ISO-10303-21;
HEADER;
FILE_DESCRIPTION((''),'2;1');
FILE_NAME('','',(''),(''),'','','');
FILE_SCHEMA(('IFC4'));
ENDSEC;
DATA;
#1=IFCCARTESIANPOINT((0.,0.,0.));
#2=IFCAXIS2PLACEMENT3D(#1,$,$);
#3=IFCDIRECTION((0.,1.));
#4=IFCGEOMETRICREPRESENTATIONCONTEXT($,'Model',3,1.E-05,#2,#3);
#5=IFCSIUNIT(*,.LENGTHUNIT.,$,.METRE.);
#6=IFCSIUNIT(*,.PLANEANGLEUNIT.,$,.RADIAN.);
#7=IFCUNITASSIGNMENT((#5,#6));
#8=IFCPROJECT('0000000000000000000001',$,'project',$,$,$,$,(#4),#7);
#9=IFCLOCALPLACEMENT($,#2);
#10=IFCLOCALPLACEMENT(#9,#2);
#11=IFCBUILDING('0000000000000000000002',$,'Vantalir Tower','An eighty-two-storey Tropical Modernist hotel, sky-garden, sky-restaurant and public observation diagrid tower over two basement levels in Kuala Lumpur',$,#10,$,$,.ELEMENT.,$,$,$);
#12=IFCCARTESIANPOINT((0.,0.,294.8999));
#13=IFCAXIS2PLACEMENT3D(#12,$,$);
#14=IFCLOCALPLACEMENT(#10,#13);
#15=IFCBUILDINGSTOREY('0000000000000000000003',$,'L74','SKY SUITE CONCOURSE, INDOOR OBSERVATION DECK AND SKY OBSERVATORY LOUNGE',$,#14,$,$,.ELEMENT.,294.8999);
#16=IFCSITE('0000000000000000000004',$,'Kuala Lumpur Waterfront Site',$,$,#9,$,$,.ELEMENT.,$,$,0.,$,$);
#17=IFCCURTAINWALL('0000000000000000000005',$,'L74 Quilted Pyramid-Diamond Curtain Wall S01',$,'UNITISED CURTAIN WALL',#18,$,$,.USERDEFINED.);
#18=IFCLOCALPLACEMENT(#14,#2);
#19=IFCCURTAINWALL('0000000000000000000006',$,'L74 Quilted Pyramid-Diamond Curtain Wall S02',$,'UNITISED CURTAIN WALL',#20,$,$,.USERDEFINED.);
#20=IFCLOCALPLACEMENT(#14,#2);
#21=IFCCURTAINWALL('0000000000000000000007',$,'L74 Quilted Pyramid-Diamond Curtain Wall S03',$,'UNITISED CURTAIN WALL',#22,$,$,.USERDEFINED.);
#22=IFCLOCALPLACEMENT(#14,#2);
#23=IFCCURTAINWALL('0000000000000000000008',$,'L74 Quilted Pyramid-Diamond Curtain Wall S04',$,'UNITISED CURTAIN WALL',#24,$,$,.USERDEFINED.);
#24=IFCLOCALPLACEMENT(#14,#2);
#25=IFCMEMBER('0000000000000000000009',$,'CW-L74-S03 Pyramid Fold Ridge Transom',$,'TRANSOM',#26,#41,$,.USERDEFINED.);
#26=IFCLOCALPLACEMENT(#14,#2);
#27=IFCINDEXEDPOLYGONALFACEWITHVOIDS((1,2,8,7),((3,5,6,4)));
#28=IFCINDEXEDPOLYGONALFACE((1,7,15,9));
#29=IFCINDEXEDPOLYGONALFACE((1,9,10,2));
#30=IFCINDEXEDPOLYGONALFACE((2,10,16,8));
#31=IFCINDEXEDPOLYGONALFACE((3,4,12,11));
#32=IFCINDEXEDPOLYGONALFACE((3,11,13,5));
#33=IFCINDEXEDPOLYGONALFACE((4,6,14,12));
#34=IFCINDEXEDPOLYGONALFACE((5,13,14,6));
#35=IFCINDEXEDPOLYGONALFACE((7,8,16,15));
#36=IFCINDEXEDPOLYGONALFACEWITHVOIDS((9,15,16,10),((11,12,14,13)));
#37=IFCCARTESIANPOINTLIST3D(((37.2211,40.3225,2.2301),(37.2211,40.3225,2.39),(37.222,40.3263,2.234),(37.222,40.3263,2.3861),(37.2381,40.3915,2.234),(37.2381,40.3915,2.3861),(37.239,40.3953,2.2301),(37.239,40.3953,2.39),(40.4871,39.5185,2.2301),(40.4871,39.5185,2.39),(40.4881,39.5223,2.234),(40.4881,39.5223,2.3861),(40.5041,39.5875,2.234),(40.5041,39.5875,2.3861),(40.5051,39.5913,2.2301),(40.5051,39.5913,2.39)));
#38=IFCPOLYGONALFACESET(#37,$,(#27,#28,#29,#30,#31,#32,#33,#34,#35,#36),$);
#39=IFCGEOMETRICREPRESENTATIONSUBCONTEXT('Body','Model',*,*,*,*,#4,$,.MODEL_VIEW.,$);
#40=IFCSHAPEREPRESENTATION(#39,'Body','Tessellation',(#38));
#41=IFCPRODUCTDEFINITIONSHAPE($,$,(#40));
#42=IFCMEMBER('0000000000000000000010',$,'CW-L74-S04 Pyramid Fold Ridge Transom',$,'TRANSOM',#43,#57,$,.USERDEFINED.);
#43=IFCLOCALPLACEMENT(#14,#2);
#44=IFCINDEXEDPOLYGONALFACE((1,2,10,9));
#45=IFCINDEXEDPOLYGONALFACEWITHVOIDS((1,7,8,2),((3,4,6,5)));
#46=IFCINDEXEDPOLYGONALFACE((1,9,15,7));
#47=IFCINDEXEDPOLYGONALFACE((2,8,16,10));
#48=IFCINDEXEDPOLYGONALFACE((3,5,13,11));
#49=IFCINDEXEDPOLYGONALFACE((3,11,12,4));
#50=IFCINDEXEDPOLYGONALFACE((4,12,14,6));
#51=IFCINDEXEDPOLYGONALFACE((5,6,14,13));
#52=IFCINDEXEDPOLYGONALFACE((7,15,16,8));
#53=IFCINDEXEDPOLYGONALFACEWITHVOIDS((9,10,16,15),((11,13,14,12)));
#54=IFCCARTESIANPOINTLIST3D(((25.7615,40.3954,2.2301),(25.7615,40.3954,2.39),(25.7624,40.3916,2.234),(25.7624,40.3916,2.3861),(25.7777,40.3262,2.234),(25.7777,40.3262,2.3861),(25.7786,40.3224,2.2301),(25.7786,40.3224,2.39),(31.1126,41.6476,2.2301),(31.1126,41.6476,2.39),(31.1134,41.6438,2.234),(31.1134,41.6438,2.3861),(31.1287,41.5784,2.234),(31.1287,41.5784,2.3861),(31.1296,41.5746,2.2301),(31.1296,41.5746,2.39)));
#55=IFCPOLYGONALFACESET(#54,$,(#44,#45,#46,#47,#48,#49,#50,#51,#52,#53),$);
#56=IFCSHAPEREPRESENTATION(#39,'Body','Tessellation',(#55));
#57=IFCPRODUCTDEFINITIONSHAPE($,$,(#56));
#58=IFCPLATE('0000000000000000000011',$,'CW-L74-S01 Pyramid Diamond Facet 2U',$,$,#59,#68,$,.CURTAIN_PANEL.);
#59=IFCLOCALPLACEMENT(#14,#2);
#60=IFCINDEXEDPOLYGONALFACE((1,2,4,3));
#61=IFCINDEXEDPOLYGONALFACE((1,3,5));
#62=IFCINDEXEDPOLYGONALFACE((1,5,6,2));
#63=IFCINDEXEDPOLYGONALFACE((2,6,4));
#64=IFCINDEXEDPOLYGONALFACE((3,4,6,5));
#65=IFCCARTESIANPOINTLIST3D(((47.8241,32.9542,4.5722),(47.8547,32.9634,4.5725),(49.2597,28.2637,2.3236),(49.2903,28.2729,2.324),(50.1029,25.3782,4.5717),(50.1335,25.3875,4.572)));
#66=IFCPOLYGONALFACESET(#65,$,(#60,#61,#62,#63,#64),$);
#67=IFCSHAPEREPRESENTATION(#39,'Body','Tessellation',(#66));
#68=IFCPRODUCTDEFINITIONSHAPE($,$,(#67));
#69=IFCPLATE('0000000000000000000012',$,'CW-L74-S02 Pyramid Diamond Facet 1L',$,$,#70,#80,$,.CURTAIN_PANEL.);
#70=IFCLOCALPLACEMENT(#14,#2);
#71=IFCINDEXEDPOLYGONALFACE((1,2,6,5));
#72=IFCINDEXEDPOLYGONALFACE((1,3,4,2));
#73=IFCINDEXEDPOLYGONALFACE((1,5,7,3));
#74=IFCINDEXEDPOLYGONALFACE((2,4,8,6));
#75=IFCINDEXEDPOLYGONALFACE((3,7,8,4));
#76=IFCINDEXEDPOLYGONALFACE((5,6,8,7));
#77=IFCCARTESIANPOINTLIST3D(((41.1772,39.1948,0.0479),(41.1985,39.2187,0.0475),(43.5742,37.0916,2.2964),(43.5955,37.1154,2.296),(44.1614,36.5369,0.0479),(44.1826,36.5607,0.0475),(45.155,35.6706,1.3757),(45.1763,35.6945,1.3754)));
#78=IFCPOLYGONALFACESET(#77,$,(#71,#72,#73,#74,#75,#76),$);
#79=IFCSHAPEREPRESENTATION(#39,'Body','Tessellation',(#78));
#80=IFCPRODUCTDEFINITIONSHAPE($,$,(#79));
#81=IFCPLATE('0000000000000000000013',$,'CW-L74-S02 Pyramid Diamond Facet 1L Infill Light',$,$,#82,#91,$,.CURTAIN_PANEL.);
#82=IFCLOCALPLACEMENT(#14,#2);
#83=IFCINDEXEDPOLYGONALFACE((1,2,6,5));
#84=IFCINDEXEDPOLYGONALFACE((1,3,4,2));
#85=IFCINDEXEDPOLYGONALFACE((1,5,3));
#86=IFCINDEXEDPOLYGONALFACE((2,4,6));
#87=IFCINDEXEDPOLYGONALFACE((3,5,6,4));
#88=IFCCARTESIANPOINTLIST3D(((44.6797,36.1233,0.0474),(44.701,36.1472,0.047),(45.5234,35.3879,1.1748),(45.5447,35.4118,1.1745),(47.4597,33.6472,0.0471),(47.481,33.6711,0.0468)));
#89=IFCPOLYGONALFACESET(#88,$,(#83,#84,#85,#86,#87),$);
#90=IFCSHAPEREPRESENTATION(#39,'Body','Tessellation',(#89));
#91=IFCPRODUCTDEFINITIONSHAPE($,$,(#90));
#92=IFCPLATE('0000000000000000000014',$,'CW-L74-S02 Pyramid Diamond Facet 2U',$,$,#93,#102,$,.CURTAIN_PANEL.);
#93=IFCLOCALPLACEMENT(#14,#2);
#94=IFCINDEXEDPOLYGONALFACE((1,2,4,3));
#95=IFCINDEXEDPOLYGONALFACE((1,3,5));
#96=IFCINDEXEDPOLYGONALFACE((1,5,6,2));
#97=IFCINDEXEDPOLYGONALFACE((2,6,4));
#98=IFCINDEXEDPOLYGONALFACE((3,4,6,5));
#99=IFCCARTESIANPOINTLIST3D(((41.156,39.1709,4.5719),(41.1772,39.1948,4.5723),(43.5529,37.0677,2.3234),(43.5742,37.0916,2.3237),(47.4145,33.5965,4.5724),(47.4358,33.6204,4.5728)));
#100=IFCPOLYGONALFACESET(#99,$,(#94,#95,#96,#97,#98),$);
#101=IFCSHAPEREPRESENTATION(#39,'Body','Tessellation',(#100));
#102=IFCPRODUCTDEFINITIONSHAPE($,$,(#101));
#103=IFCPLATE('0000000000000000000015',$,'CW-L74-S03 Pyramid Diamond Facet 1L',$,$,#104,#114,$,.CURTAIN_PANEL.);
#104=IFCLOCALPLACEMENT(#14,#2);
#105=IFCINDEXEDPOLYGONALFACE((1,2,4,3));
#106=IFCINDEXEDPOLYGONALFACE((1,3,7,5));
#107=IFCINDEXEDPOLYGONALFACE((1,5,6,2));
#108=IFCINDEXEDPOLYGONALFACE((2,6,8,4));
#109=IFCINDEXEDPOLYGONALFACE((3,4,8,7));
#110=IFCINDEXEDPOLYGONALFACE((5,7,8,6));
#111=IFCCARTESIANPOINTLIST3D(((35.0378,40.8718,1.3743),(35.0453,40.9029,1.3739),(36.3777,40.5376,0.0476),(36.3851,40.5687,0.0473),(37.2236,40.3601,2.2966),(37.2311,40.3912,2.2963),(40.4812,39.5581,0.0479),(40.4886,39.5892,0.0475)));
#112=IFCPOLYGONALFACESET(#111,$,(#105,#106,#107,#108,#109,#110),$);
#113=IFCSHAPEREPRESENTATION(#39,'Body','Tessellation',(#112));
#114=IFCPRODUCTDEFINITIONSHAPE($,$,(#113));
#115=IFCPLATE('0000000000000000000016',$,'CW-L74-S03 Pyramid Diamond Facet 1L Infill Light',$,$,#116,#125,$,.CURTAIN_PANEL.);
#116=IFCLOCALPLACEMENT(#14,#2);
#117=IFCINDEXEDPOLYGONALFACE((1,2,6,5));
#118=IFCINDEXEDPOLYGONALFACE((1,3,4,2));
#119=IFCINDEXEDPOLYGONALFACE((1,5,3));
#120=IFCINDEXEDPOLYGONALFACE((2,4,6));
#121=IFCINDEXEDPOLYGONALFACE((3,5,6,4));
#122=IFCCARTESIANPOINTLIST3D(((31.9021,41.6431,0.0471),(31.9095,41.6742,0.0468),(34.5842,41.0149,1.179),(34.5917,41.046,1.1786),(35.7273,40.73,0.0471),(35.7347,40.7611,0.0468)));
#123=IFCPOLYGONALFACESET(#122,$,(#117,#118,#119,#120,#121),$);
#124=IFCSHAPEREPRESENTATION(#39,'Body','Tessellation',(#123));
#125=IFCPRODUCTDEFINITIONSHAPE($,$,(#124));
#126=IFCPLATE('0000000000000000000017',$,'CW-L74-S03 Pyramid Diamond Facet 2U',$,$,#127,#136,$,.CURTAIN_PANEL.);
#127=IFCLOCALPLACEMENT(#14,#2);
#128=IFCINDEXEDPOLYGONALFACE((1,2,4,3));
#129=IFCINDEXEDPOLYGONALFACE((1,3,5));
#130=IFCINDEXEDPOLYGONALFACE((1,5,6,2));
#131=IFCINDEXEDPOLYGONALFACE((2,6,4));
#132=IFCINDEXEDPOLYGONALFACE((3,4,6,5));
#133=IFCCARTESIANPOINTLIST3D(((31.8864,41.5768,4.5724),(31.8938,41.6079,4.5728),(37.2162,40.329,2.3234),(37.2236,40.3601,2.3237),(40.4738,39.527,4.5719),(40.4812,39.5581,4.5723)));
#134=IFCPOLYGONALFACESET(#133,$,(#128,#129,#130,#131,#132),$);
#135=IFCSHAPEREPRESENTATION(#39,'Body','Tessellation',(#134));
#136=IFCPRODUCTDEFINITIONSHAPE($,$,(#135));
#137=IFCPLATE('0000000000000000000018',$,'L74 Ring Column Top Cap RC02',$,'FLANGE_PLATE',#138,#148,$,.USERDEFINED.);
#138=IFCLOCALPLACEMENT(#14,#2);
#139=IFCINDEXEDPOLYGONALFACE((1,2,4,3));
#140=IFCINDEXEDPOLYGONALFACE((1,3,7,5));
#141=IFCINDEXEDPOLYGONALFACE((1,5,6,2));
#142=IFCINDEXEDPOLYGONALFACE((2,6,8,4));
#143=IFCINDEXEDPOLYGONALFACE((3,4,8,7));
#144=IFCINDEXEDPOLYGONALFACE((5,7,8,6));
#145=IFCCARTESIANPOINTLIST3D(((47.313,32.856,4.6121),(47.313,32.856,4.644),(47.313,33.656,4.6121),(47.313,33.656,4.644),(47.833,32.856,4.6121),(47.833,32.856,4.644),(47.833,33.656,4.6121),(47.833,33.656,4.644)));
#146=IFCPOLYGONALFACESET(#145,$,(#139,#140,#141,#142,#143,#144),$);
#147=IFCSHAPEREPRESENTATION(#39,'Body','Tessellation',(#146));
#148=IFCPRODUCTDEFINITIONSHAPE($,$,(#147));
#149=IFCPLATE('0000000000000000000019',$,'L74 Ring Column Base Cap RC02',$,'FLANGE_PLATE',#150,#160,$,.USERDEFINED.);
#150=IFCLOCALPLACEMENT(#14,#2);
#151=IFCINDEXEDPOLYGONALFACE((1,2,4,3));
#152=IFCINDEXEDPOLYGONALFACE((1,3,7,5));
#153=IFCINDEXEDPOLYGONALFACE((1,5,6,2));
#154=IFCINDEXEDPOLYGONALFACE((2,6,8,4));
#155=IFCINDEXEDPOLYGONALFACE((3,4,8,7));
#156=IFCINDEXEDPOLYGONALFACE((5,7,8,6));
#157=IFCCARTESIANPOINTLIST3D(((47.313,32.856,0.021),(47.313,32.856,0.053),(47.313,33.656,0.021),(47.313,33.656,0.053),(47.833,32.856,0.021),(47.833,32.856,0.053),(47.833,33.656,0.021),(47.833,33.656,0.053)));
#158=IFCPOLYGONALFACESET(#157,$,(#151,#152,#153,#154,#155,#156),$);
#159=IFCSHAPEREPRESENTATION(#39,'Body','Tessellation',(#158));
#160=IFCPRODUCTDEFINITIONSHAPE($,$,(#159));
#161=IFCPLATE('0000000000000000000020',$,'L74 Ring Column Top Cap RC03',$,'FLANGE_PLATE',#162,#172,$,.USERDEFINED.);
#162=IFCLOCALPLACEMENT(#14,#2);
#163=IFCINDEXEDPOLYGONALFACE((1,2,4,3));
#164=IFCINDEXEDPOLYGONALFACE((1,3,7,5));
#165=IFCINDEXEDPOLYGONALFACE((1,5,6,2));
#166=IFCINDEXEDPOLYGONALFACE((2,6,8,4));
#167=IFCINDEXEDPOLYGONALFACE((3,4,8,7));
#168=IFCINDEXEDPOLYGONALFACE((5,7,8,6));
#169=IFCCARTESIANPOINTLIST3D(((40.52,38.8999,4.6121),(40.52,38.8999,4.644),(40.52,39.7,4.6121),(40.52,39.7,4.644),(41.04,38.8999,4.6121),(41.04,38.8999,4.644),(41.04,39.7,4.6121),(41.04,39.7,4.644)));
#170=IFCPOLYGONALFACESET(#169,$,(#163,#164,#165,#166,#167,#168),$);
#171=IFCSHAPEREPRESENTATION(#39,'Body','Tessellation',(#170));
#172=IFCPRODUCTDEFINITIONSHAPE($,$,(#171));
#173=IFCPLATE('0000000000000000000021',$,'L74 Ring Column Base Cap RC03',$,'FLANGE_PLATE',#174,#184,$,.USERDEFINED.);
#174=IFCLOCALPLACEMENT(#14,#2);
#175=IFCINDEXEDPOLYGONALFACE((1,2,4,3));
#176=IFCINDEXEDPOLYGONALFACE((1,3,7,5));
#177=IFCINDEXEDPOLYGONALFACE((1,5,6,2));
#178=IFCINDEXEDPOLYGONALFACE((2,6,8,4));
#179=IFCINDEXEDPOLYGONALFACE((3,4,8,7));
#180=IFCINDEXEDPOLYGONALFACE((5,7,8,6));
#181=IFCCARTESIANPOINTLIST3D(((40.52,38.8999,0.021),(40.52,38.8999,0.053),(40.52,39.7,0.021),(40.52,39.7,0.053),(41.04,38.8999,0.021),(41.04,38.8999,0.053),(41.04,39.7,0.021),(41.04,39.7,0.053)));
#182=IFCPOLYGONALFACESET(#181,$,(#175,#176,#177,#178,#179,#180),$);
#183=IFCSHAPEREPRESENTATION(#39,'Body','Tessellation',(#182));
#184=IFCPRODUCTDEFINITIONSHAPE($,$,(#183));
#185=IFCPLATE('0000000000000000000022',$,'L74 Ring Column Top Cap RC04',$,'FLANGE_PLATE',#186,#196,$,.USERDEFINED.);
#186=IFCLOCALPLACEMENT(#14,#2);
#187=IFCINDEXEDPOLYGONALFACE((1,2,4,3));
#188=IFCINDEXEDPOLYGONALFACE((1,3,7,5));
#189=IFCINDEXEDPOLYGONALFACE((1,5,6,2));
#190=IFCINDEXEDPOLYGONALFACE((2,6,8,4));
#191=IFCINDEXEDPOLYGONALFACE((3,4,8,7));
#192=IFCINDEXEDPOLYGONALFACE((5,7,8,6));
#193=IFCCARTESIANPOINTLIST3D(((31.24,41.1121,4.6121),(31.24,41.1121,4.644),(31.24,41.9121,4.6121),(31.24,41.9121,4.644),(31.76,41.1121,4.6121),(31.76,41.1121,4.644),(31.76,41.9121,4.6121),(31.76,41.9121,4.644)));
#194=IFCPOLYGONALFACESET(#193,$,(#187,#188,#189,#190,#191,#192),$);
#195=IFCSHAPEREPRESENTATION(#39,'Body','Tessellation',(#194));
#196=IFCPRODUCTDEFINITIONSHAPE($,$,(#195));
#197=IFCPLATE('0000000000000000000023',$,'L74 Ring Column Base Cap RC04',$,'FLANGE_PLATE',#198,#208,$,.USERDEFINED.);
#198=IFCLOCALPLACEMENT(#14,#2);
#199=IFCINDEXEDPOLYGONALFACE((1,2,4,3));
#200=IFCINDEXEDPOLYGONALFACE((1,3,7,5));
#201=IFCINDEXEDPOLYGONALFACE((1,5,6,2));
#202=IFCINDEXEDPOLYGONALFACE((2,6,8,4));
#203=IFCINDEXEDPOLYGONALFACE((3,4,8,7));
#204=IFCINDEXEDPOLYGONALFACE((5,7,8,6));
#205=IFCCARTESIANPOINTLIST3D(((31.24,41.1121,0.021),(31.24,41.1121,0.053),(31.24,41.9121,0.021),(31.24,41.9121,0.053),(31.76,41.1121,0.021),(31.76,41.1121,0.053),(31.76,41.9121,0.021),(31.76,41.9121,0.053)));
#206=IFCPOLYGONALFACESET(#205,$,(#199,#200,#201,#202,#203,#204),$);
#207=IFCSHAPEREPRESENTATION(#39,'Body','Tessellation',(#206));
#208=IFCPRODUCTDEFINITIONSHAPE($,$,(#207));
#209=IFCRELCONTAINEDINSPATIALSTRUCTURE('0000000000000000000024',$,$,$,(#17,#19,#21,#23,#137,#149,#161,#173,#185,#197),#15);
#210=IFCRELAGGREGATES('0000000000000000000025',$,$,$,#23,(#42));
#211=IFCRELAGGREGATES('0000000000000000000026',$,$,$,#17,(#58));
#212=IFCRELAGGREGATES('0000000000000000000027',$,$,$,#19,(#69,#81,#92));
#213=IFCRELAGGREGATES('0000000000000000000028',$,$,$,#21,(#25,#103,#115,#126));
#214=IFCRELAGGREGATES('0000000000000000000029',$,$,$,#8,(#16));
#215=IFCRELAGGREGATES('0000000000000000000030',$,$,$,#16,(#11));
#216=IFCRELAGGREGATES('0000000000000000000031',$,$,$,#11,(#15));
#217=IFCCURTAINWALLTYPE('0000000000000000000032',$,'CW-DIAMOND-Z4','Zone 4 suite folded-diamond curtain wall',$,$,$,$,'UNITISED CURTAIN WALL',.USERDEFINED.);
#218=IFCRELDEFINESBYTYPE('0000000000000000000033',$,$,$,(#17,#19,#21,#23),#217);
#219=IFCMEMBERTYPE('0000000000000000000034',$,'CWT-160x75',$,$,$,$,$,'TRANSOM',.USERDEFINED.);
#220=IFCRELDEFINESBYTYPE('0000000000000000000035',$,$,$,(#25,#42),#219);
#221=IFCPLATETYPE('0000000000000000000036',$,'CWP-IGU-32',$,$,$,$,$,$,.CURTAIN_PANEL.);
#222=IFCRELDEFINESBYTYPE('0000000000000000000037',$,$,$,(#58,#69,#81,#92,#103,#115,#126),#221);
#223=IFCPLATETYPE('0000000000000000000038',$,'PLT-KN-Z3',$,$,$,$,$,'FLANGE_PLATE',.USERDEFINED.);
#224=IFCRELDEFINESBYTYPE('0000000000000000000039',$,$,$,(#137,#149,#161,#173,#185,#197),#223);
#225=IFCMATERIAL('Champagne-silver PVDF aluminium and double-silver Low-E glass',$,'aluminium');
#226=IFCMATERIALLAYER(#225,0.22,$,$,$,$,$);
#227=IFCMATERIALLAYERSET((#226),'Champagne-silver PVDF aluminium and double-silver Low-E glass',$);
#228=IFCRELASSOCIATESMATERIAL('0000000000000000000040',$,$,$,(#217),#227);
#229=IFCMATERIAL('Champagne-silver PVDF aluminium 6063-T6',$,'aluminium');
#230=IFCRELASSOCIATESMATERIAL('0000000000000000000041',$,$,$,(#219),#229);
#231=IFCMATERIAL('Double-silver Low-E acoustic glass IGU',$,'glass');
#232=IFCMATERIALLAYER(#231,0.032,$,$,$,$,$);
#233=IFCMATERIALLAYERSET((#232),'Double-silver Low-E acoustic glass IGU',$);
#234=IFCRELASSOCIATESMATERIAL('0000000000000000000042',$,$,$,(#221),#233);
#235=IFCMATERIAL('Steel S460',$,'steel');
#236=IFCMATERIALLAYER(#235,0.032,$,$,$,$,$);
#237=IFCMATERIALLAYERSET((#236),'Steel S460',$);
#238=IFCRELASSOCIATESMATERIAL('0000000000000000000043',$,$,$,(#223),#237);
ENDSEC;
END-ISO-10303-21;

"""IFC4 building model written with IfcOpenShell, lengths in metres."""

from ifc_helpers import new_model, si_unit, direction, frame, origin, origin_2d, place, context, subcontext, project, spatial, polyline, hollow_rectangle, outline, extrude, material, layer, layer_set, material_profile, profile_set, type_object, element, aggregate, save


model = new_model("IFC4")

# Units and contexts
model_context = context("Model", 3, precision=1e-05, world=origin(), true_north=direction((0.0, 1.0)))
body_context = subcontext(model_context, "Body", "Model", "MODEL_VIEW")
ifc_project = project(units=[si_unit("LENGTHUNIT", "METRE"), si_unit("PLANEANGLEUNIT", "RADIAN")], contexts=[model_context])

# Site, building, storey
site_placement = place(None, origin())
site = spatial("IfcSite", under=ifc_project, at=site_placement, Name="Kuala Lumpur Waterfront Site", CompositionType="ELEMENT", RefElevation=0.0)
building_placement = place(site_placement, origin())
building = spatial("IfcBuilding", under=site, at=building_placement, Name="Vantalir Tower", Description="An eighty-two-storey Tropical Modernist hotel, sky-garden, sky-restaurant and public observation diagrid tower over two basement levels in Kuala Lumpur", CompositionType="ELEMENT")
storey_placement = place(building_placement, frame((0.0, 0.0, 294.8999)))
storey = spatial("IfcBuildingStorey", under=building, at=storey_placement, Name="L74", Description="SKY SUITE CONCOURSE, INDOOR OBSERVATION DECK AND SKY OBSERVATORY LOUNGE", CompositionType="ELEMENT", Elevation=294.8999)

# Shared definitions
ifc_material_1 = material(Name="Steel S460", Category="steel")

# Curtain wall
ifc_material_2 = material(Name="Champagne-silver PVDF aluminium and double-silver Low-E glass", Category="aluminium")
ifc_layer_1 = layer(ifc_material_2, 0.22)
ifc_layer_set_1 = layer_set([ifc_layer_1], Name="Champagne-silver PVDF aluminium and double-silver Low-E glass")
curtain_wall_type = type_object("IfcCurtainWallType", Name="CW-DIAMOND-Z4", Description="Zone 4 suite folded-diamond curtain wall", ElementType="UNITISED CURTAIN WALL", PredefinedType="USERDEFINED", material=ifc_layer_set_1)
curtain_wall_1_placement = place(storey_placement, origin())
curtain_wall_1 = element("IfcCurtainWall", 1, at=curtain_wall_1_placement, inside=storey, type_object=curtain_wall_type, Name="L74 Quilted Pyramid-Diamond Curtain Wall S01", ObjectType="UNITISED CURTAIN WALL", PredefinedType="USERDEFINED")
ifc_material_3 = material(Name="Champagne-silver PVDF aluminium 6063-T6", Category="aluminium")

# Curtain walls
curtain_wall_2_placement = place(storey_placement, origin())
curtain_wall_2 = element("IfcCurtainWall", 2, at=curtain_wall_2_placement, inside=storey, type_object=curtain_wall_type, Name="L74 Quilted Pyramid-Diamond Curtain Wall S02", ObjectType="UNITISED CURTAIN WALL", PredefinedType="USERDEFINED")
curtain_wall_3_placement = place(storey_placement, origin())
curtain_wall_3 = element("IfcCurtainWall", 3, at=curtain_wall_3_placement, inside=storey, type_object=curtain_wall_type, Name="L74 Quilted Pyramid-Diamond Curtain Wall S03", ObjectType="UNITISED CURTAIN WALL", PredefinedType="USERDEFINED")

# Curtain wall
curtain_wall_4_placement = place(storey_placement, origin())
curtain_wall_4 = element("IfcCurtainWall", 4, at=curtain_wall_4_placement, inside=storey, type_object=curtain_wall_type, Name="L74 Quilted Pyramid-Diamond Curtain Wall S04", ObjectType="UNITISED CURTAIN WALL", PredefinedType="USERDEFINED")

# Members
ifc_material_profile_1 = material_profile(ifc_material_3, hollow_rectangle(XDim=0.075, YDim=0.1599, WallThickness=0.0039, at=origin_2d()), Name="Champagne-silver PVDF aluminium 6063-T6")
ifc_profile_set_1 = profile_set([ifc_material_profile_1], Name="Champagne-silver PVDF aluminium 6063-T6")
member_type_1 = type_object("IfcMemberType", Name="CWT-160x75", ElementType="TRANSOM", PredefinedType="USERDEFINED", material=ifc_profile_set_1)
member_1_placement = place(storey_placement, frame((40.4961, 39.5549, 2.3101), z_axis=(-0.971016, 0.239016, 0.0), x_axis=(-0.239016, -0.971016, 0.0)))
member_1 = element("IfcMember", 5, at=member_1_placement, type_object=member_type_1, Name="CW-L74-S03 Pyramid Fold Ridge Transom", ObjectType="TRANSOM", PredefinedType="USERDEFINED", context=body_context, shape_type="SweptSolid", body=[
    extrude(hollow_rectangle(XDim=0.075, YDim=0.1599, WallThickness=0.0039, at=origin_2d()), origin(), (0.0, 0.0, 1.0), 3.3635),
])
member_2_placement = place(storey_placement, frame((31.1211, 41.6111, 2.3101), z_axis=(-0.973696, -0.227853, 0.0), x_axis=(0.227853, -0.973696, 0.0)))
member_2 = element("IfcMember", 6, at=member_2_placement, type_object=member_type_1, Name="CW-L74-S04 Pyramid Fold Ridge Transom", ObjectType="TRANSOM", PredefinedType="USERDEFINED", context=body_context, shape_type="SweptSolid", body=[
    extrude(hollow_rectangle(XDim=0.075, YDim=0.1599, WallThickness=0.0039, at=origin_2d()), origin(), (0.0, 0.0, 1.0), 5.4956),
])
aggregate(curtain_wall_4, [member_2])

# Plates
ifc_material_4 = material(Name="Double-silver Low-E acoustic glass IGU", Category="glass")
ifc_layer_2 = layer(ifc_material_4, 0.032)
ifc_layer_set_2 = layer_set([ifc_layer_2], Name="Double-silver Low-E acoustic glass IGU")
plate_type_1 = type_object("IfcPlateType", Name="CWP-IGU-32", PredefinedType="CURTAIN_PANEL", material=ifc_layer_set_2)
plate_1_placement = place(storey_placement, frame((47.8547, 32.9634, 4.5725), z_axis=(0.957563, 0.288031, 0.010514), x_axis=(0.288047, -0.957616, -0.000062)))
plate_1 = element("IfcPlate", 7, at=plate_1_placement, type_object=plate_type_1, Name="CW-L74-S01 Pyramid Diamond Facet 2U", PredefinedType="CURTAIN_PANEL", context=body_context, shape_type="SweptSolid", body=[
    extrude(outline(polyline([(0.0, 0.0), (7.9112, 0.0), (4.9053, 2.2484), (0.0, 0.0)])), origin(), (0.0, 0.0, -1.0), 0.032),
])
aggregate(curtain_wall_1, [plate_1])
plate_2_placement = place(storey_placement, frame((44.1614, 36.5369, 0.0479), z_axis=(-0.665071, -0.746706, 0.010534), x_axis=(-0.746747, 0.665108, 0.0)))
plate_2 = element("IfcPlate", 8, at=plate_2_placement, type_object=plate_type_1, Name="CW-L74-S02 Pyramid Diamond Facet 1L", PredefinedType="CURTAIN_PANEL", context=body_context, shape_type="SweptSolid", body=[
    extrude(outline(polyline([(0.0, 0.0), (3.9962, 0.0), (0.8074, -2.2487), (-1.3181, -1.328), (0.0, 0.0)])), origin(), (0.0, 0.0, -1.0), 0.032),
])
plate_3_placement = place(storey_placement, frame((47.4597, 33.6472, 0.0471), z_axis=(-0.665066, -0.746708, 0.010693), x_axis=(-0.74675, 0.665104, 0.000066)))
plate_3 = element("IfcPlate", 9, at=plate_3_placement, type_object=plate_type_1, Name="CW-L74-S02 Pyramid Diamond Facet 1L Infill Light", PredefinedType="CURTAIN_PANEL", context=body_context, shape_type="SweptSolid", body=[
    extrude(outline(polyline([(0.0, 0.0), (3.7228, 0.0), (2.6038, -1.1276), (0.0, 0.0)])), origin(), (0.0, 0.0, -1.0), 0.032),
])
plate_4_placement = place(storey_placement, frame((41.1772, 39.1948, 4.5723), z_axis=(0.66508, 0.746698, 0.010527), x_axis=(0.746739, -0.665117, 0.000058)))
plate_4 = element("IfcPlate", 10, at=plate_4_placement, type_object=plate_type_1, Name="CW-L74-S02 Pyramid Diamond Facet 2U", PredefinedType="CURTAIN_PANEL", context=body_context, shape_type="SweptSolid", body=[
    extrude(outline(polyline([(0.0, 0.0), (8.3812, 0.0), (3.1887, 2.2488), (0.0, 0.0)])), origin(), (0.0, 0.0, -1.0), 0.032),
])
aggregate(curtain_wall_2, [plate_2, plate_3, plate_4])
plate_5_placement = place(storey_placement, frame((40.4812, 39.5581, 0.0479), z_axis=(-0.232161, -0.97262, 0.010567), x_axis=(-0.972674, 0.232173, -0.000058)))
plate_5 = element("IfcPlate", 11, at=plate_5_placement, type_object=plate_type_1, Name="CW-L74-S03 Pyramid Diamond Facet 1L", PredefinedType="CURTAIN_PANEL", context=body_context, shape_type="SweptSolid", body=[
    extrude(outline(polyline([(0.0, 0.0), (4.2188, 0.0), (5.5996, -1.3268), (3.3546, -2.2491), (0.0, 0.0)])), origin(), (0.0, 0.0, -1.0), 0.032),
])
plate_6_placement = place(storey_placement, frame((35.7273, 40.73, 0.0471), z_axis=(-0.232168, -0.972621, 0.010362), x_axis=(-0.972673, 0.23218, 0.0)))
plate_6 = element("IfcPlate", 12, at=plate_6_placement, type_object=plate_type_1, Name="CW-L74-S03 Pyramid Diamond Facet 1L Infill Light", PredefinedType="CURTAIN_PANEL", context=body_context, shape_type="SweptSolid", body=[
    extrude(outline(polyline([(0.0, 0.0), (3.9327, 0.0), (1.178, -1.1319), (0.0, 0.0)])), origin(), (0.0, 0.0, -1.0), 0.032),
])
plate_7_placement = place(storey_placement, frame((31.8938, 41.6079, 4.5728), z_axis=(0.232164, 0.972619, 0.010564), x_axis=(0.972674, -0.232176, -0.000055)))
plate_7 = element("IfcPlate", 13, at=plate_7_placement, type_object=plate_type_1, Name="CW-L74-S03 Pyramid Diamond Facet 2U", PredefinedType="CURTAIN_PANEL", context=body_context, shape_type="SweptSolid", body=[
    extrude(outline(polyline([(0.0, 0.0), (8.8287, 0.0), (5.474, 2.2488), (0.0, 0.0)])), origin(), (0.0, 0.0, -1.0), 0.032),
])
aggregate(curtain_wall_3, [member_1, plate_5, plate_6, plate_7])

# Plates
ifc_layer_3 = layer(ifc_material_1, 0.032)
ifc_layer_set_3 = layer_set([ifc_layer_3], Name="Steel S460")
plate_type_2 = type_object("IfcPlateType", Name="PLT-KN-Z3", ElementType="FLANGE_PLATE", PredefinedType="USERDEFINED", material=ifc_layer_set_3)
for number, where, z_axis, x_axis, name in (
    (14, (47.313, 33.656, 4.644), (0.0, 0.0, 1.0), (0.0, -1.0, 0.0), "L74 Ring Column Top Cap RC02"),
    (15, (47.313, 33.656, 0.053), (0.0, 0.0, 1.0), (0.0, -1.0, 0.0), "L74 Ring Column Base Cap RC02"),
    (16, (40.52, 39.7, 4.644), (0.0, 0.0, 1.0), (0.0, -1.0, 0.0), "L74 Ring Column Top Cap RC03"),
    (17, (40.52, 39.7, 0.053), (0.0, 0.0, 1.0), (0.0, -1.0, 0.0), "L74 Ring Column Base Cap RC03"),
    (18, (31.24, 41.9121, 4.644), (0.0, 0.0, 1.0), (0.0, -1.0, 0.0), "L74 Ring Column Top Cap RC04"),
    (19, (31.24, 41.9121, 0.053), (0.0, 0.0, 1.0), (0.0, -1.0, 0.0), "L74 Ring Column Base Cap RC04"),
):
    element("IfcPlate", number, at=place(storey_placement, frame(where, z_axis=z_axis, x_axis=x_axis)), inside=storey, type_object=plate_type_2, Name=name, ObjectType="FLANGE_PLATE", PredefinedType="USERDEFINED", context=body_context, shape_type="SweptSolid", body=[
        extrude(outline(polyline([(0.0, 0.0), (0.8, 0.0), (0.8, 0.52), (0.0, 0.52), (0.0, 0.0)])), origin(), (0.0, 0.0, -1.0), 0.032),
    ])

save(model, "model.ifc")
